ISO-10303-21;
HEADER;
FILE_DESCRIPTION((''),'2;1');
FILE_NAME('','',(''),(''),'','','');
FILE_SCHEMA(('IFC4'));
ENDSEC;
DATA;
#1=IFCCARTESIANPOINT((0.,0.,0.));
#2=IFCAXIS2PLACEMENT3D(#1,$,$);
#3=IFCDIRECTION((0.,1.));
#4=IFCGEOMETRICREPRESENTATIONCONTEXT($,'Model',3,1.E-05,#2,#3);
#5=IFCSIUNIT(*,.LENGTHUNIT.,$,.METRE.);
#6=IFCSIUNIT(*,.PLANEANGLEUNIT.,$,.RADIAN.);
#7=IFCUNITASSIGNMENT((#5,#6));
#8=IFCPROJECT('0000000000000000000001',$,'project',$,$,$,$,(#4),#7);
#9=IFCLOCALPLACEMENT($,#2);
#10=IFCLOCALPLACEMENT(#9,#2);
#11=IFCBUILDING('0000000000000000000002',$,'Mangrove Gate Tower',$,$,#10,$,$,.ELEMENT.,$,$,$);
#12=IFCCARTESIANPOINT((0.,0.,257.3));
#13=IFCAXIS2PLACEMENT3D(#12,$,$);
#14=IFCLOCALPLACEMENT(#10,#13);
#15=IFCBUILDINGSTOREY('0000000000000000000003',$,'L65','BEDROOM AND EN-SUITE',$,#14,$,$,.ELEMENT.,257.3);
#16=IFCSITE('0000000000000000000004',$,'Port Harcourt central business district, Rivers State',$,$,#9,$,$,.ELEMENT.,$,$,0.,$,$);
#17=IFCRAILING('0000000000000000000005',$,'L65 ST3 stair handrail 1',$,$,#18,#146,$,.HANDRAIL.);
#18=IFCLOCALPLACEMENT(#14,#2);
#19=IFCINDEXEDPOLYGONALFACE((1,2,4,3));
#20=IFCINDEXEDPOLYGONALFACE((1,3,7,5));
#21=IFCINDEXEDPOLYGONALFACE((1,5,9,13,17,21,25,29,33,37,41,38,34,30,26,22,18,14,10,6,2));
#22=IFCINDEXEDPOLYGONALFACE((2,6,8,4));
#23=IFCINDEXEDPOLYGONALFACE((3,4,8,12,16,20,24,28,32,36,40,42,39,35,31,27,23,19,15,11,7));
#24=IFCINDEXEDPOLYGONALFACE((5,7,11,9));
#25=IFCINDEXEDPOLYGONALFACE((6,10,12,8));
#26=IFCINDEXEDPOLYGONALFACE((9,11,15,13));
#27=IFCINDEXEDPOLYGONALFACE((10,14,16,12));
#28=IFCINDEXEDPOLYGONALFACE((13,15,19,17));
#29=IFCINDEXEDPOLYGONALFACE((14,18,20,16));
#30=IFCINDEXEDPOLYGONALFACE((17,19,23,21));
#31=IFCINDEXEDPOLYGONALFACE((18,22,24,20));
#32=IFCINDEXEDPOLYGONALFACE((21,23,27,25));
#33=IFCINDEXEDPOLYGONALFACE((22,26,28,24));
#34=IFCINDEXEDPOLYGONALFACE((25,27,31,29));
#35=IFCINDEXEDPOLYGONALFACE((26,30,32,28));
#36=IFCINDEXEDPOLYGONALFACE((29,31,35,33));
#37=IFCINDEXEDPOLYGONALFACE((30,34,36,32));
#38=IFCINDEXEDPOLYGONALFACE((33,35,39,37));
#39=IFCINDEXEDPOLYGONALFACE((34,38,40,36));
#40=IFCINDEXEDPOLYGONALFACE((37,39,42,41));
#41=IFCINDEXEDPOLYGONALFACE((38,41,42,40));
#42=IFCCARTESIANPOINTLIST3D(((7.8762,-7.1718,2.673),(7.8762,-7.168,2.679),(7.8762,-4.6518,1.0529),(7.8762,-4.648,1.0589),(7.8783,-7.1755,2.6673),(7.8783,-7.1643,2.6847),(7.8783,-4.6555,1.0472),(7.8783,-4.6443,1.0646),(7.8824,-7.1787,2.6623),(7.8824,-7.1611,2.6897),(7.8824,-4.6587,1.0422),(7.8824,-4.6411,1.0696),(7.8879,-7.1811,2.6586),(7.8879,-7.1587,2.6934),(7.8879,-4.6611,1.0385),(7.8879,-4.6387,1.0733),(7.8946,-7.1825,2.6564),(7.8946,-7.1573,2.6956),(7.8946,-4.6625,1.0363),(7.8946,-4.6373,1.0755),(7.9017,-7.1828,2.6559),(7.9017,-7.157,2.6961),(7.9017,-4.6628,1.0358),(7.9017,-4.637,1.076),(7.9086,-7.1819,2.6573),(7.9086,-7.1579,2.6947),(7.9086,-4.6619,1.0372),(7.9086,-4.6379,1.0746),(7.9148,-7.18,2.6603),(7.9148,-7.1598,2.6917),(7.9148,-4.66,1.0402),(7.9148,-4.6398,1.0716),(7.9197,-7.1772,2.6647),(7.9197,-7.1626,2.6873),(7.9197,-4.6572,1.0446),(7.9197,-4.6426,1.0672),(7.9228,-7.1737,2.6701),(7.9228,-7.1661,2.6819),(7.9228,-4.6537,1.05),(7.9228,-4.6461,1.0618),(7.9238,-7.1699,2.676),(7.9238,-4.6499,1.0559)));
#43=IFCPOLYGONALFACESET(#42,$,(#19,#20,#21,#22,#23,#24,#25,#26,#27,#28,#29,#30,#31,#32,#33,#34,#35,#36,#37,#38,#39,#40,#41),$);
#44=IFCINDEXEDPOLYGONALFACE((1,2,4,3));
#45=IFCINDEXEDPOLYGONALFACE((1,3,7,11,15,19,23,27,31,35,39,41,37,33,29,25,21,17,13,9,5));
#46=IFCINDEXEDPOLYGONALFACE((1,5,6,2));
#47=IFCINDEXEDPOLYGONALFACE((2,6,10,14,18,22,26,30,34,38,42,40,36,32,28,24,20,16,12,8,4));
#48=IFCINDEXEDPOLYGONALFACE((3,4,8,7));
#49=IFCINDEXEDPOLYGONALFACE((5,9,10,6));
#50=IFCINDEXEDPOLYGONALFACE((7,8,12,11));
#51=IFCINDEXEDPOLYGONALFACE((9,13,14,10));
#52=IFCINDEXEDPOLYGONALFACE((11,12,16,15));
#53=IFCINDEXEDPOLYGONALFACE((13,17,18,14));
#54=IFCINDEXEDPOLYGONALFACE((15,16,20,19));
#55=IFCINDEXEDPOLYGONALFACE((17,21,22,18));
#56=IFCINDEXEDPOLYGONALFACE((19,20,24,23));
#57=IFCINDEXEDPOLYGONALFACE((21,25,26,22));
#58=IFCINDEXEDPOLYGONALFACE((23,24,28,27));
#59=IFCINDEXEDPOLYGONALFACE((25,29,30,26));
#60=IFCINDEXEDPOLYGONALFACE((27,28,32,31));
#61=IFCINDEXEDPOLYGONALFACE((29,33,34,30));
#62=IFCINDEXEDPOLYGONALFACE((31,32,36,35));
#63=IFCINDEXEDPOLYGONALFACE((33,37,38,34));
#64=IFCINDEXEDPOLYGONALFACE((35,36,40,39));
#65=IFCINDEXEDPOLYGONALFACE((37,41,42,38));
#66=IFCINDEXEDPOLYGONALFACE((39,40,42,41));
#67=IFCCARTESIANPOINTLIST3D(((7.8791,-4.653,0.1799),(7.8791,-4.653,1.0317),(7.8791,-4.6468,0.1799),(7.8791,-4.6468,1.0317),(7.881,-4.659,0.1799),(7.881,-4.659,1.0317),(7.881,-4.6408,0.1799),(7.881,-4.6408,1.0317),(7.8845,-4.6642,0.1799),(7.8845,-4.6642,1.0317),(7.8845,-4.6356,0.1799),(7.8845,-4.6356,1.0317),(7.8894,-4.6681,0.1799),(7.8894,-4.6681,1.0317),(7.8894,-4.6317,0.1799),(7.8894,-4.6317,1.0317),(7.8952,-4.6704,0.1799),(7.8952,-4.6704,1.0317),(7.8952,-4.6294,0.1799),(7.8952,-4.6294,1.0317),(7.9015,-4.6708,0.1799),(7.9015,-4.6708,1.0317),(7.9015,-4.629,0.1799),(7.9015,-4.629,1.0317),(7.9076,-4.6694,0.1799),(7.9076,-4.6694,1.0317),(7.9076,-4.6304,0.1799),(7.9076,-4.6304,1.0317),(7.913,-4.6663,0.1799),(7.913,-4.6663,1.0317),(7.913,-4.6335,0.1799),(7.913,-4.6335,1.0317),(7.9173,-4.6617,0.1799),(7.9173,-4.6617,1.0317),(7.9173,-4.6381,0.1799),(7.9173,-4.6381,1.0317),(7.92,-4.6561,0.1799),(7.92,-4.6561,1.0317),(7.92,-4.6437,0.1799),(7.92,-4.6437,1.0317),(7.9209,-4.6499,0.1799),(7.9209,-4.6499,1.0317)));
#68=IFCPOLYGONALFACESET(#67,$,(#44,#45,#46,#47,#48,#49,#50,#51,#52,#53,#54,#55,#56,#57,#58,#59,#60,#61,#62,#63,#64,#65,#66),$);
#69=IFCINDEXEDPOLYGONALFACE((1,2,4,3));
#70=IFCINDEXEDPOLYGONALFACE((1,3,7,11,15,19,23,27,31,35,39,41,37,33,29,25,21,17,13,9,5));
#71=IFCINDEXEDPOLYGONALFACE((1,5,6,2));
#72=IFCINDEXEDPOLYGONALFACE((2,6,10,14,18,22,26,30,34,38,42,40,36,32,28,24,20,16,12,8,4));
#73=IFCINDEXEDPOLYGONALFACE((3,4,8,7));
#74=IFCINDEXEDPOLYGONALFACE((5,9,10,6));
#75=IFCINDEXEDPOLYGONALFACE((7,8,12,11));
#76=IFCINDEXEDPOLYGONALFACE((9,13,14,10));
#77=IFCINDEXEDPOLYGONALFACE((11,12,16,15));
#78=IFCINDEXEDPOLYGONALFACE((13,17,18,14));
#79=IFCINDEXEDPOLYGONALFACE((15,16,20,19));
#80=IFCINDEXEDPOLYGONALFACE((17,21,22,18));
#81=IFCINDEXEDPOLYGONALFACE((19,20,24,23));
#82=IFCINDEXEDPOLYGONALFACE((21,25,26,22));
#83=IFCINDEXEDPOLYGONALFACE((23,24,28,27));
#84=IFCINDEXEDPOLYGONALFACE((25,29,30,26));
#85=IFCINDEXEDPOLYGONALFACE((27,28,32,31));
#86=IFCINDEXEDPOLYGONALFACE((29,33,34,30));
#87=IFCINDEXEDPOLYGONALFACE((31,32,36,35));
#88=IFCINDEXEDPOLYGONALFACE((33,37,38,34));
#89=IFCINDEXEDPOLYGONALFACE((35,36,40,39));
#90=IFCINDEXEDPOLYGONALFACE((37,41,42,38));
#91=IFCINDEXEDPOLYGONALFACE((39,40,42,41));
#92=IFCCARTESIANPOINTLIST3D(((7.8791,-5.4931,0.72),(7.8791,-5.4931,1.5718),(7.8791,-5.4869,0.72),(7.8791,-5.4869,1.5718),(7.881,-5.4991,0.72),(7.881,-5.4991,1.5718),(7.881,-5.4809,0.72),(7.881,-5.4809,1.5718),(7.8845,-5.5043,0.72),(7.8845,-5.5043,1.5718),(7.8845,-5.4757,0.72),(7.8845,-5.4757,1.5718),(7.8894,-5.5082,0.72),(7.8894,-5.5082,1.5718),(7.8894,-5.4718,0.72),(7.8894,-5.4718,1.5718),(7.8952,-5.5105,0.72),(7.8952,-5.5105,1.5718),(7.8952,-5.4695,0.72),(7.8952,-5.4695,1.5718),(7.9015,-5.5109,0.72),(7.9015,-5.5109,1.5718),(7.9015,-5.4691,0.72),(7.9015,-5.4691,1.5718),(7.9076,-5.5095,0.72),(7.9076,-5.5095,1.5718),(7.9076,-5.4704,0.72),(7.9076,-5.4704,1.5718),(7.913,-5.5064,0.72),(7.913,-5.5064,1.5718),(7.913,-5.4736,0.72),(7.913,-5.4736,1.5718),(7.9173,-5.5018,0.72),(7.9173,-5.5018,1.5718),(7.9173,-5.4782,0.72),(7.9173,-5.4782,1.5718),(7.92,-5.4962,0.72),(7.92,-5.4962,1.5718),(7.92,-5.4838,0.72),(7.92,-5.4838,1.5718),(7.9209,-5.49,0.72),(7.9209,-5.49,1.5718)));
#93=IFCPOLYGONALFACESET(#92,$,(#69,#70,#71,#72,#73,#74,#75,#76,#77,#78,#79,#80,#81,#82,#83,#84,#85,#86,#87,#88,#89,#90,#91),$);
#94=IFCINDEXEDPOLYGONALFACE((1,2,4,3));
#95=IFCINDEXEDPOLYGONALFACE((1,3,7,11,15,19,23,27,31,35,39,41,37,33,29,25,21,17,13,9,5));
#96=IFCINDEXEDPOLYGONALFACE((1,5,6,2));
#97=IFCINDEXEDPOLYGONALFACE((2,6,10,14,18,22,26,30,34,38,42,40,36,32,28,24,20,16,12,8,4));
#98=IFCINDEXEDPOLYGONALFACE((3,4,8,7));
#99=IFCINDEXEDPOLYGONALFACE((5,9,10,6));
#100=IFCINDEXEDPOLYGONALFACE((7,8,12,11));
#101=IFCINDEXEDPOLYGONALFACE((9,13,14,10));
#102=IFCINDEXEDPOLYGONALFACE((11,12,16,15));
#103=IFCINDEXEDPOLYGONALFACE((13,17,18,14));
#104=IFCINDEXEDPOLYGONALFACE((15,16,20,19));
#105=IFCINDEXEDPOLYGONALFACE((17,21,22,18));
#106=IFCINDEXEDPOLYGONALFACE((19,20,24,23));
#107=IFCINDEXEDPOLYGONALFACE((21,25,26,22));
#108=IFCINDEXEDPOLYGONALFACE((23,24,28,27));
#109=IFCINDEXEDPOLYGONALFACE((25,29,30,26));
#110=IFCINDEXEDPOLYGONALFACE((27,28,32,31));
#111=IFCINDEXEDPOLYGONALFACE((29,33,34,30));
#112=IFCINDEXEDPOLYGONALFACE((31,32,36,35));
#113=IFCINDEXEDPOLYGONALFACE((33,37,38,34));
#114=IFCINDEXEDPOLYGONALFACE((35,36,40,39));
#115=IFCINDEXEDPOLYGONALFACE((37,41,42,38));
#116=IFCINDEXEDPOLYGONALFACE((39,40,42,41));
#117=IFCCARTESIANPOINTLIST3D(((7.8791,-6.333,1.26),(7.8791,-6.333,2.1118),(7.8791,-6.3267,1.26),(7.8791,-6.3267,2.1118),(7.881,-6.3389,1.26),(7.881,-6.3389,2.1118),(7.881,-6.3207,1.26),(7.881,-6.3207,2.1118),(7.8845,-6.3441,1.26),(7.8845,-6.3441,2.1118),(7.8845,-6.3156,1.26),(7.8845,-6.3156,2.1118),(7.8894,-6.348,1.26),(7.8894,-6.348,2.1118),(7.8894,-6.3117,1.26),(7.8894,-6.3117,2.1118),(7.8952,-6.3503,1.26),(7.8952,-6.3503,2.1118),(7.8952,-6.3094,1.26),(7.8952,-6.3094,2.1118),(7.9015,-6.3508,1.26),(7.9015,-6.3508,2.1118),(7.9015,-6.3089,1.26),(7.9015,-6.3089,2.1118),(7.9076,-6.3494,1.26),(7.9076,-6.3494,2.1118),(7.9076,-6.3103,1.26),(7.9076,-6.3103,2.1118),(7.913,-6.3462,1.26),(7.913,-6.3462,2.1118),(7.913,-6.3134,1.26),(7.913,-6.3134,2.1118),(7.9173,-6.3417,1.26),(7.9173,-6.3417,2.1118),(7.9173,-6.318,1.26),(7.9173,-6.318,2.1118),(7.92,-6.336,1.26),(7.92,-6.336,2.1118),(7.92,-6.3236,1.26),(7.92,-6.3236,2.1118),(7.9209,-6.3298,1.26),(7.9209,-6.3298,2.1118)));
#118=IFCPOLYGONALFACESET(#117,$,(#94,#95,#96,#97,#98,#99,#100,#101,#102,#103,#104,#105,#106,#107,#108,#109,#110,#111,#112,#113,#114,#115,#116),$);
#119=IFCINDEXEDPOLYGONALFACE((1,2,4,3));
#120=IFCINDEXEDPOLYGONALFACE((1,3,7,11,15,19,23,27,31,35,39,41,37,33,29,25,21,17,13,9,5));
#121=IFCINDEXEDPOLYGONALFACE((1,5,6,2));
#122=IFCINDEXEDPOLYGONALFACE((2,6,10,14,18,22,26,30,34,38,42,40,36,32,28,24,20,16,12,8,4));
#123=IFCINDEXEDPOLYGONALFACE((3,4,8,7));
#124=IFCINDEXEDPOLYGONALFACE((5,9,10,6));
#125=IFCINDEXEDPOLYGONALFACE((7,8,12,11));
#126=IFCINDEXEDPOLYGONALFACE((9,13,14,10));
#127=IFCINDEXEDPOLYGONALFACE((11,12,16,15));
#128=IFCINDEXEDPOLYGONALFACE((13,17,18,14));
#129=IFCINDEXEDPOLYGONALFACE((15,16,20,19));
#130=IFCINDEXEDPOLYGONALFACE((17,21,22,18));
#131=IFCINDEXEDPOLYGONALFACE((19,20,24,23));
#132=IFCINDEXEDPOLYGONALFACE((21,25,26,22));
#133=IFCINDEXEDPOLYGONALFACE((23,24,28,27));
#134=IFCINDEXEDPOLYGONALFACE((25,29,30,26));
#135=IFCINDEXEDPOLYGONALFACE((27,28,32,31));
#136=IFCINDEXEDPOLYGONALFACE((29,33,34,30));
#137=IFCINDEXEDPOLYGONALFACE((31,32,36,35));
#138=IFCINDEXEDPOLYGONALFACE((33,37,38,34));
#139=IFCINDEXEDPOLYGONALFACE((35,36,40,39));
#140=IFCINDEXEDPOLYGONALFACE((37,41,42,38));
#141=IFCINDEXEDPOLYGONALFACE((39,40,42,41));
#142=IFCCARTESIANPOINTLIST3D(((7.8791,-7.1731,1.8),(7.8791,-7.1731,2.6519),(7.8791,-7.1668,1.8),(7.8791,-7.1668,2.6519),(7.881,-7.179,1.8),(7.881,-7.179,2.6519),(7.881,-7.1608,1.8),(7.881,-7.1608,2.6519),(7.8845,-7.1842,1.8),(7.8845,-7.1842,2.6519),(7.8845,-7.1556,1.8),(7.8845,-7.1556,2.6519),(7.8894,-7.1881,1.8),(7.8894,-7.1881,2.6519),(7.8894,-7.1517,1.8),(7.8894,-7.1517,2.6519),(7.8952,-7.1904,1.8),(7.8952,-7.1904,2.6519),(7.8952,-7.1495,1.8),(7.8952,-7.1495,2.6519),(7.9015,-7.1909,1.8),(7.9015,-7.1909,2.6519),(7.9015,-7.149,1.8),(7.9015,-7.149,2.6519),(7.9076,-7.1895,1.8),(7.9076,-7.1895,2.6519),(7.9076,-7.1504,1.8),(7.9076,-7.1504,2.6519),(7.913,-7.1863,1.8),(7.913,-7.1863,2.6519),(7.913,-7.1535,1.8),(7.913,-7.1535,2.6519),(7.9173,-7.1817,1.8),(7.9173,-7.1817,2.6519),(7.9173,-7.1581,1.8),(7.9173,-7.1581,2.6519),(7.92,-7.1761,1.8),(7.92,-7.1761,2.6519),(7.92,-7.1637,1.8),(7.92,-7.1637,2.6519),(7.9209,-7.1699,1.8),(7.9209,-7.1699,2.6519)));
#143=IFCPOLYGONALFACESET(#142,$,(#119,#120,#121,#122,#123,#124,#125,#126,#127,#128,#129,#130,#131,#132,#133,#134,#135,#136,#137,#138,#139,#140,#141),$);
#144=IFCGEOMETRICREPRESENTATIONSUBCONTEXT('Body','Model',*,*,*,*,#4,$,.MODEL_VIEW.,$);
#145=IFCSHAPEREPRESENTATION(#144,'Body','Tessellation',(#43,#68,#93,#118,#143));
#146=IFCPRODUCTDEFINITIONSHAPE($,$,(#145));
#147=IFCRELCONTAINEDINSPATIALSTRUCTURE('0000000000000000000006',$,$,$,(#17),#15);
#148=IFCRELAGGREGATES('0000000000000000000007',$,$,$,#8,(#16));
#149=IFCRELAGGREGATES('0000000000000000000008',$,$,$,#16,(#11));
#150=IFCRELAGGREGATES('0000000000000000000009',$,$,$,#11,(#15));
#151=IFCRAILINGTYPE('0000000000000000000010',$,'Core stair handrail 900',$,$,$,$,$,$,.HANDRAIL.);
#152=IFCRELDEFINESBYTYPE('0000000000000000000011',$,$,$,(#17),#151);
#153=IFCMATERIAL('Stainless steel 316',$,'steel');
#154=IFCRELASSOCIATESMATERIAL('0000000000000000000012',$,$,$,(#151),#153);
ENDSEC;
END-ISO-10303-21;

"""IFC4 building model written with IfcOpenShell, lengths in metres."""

from ifc_helpers import new_model, si_unit, direction, frame, origin, origin_2d, place, context, subcontext, project, spatial, circle, extrude, material, type_object, element, save


model = new_model("IFC4")

# Units and contexts
model_context = context("Model", 3, precision=1e-05, world=origin(), true_north=direction((0.0, 1.0)))
body_context = subcontext(model_context, "Body", "Model", "MODEL_VIEW")
ifc_project = project(units=[si_unit("LENGTHUNIT", "METRE"), si_unit("PLANEANGLEUNIT", "RADIAN")], contexts=[model_context])

# Site, building, storey
site_placement = place(None, origin())
site = spatial("IfcSite", under=ifc_project, at=site_placement, Name="Port Harcourt central business district, Rivers State", CompositionType="ELEMENT", RefElevation=0.0)
building_placement = place(site_placement, origin())
building = spatial("IfcBuilding", under=site, at=building_placement, Name="Mangrove Gate Tower", CompositionType="ELEMENT")
storey_placement = place(building_placement, frame((0.0, 0.0, 257.3)))
storey = spatial("IfcBuildingStorey", under=building, at=storey_placement, Name="L65", Description="BEDROOM AND EN-SUITE", CompositionType="ELEMENT", Elevation=257.3)

# Railing
ifc_material_1 = material(Name="Stainless steel 316", Category="steel")
railing_type_1 = type_object("IfcRailingType", Name="Core stair handrail 900", PredefinedType="HANDRAIL", material=ifc_material_1)
railing_1_placement = place(storey_placement, frame((7.8999, -4.6499, 0.1799)))
element("IfcRailing", 1, at=railing_1_placement, inside=storey, type_object=railing_type_1, Name="L65 ST3 stair handrail 1", PredefinedType="HANDRAIL", context=body_context, shape_type="SweptSolid", body=[
    extrude(circle(Radius=0.0239, at=origin_2d()), frame((0.0, 0.0, 0.876), z_axis=(0.0, -0.841163, 0.540782), x_axis=(1.0, 0.0, 0.0)), (0.0, 0.0, 1.0), 2.9958),
    extrude(circle(Radius=0.021, at=origin_2d()), origin(), (0.0, 0.0, 1.0), 0.8518),
    extrude(circle(Radius=0.021, at=origin_2d()), frame((0.0, -0.8401, 0.54)), (0.0, 0.0, 1.0), 0.8518),
    extrude(circle(Radius=0.021, at=origin_2d()), frame((0.0, -1.6799, 1.0801)), (0.0, 0.0, 1.0), 0.8518),
    extrude(circle(Radius=0.021, at=origin_2d()), frame((0.0, -2.52, 1.6201)), (0.0, 0.0, 1.0), 0.8518),
])

save(model, "model.ifc")
